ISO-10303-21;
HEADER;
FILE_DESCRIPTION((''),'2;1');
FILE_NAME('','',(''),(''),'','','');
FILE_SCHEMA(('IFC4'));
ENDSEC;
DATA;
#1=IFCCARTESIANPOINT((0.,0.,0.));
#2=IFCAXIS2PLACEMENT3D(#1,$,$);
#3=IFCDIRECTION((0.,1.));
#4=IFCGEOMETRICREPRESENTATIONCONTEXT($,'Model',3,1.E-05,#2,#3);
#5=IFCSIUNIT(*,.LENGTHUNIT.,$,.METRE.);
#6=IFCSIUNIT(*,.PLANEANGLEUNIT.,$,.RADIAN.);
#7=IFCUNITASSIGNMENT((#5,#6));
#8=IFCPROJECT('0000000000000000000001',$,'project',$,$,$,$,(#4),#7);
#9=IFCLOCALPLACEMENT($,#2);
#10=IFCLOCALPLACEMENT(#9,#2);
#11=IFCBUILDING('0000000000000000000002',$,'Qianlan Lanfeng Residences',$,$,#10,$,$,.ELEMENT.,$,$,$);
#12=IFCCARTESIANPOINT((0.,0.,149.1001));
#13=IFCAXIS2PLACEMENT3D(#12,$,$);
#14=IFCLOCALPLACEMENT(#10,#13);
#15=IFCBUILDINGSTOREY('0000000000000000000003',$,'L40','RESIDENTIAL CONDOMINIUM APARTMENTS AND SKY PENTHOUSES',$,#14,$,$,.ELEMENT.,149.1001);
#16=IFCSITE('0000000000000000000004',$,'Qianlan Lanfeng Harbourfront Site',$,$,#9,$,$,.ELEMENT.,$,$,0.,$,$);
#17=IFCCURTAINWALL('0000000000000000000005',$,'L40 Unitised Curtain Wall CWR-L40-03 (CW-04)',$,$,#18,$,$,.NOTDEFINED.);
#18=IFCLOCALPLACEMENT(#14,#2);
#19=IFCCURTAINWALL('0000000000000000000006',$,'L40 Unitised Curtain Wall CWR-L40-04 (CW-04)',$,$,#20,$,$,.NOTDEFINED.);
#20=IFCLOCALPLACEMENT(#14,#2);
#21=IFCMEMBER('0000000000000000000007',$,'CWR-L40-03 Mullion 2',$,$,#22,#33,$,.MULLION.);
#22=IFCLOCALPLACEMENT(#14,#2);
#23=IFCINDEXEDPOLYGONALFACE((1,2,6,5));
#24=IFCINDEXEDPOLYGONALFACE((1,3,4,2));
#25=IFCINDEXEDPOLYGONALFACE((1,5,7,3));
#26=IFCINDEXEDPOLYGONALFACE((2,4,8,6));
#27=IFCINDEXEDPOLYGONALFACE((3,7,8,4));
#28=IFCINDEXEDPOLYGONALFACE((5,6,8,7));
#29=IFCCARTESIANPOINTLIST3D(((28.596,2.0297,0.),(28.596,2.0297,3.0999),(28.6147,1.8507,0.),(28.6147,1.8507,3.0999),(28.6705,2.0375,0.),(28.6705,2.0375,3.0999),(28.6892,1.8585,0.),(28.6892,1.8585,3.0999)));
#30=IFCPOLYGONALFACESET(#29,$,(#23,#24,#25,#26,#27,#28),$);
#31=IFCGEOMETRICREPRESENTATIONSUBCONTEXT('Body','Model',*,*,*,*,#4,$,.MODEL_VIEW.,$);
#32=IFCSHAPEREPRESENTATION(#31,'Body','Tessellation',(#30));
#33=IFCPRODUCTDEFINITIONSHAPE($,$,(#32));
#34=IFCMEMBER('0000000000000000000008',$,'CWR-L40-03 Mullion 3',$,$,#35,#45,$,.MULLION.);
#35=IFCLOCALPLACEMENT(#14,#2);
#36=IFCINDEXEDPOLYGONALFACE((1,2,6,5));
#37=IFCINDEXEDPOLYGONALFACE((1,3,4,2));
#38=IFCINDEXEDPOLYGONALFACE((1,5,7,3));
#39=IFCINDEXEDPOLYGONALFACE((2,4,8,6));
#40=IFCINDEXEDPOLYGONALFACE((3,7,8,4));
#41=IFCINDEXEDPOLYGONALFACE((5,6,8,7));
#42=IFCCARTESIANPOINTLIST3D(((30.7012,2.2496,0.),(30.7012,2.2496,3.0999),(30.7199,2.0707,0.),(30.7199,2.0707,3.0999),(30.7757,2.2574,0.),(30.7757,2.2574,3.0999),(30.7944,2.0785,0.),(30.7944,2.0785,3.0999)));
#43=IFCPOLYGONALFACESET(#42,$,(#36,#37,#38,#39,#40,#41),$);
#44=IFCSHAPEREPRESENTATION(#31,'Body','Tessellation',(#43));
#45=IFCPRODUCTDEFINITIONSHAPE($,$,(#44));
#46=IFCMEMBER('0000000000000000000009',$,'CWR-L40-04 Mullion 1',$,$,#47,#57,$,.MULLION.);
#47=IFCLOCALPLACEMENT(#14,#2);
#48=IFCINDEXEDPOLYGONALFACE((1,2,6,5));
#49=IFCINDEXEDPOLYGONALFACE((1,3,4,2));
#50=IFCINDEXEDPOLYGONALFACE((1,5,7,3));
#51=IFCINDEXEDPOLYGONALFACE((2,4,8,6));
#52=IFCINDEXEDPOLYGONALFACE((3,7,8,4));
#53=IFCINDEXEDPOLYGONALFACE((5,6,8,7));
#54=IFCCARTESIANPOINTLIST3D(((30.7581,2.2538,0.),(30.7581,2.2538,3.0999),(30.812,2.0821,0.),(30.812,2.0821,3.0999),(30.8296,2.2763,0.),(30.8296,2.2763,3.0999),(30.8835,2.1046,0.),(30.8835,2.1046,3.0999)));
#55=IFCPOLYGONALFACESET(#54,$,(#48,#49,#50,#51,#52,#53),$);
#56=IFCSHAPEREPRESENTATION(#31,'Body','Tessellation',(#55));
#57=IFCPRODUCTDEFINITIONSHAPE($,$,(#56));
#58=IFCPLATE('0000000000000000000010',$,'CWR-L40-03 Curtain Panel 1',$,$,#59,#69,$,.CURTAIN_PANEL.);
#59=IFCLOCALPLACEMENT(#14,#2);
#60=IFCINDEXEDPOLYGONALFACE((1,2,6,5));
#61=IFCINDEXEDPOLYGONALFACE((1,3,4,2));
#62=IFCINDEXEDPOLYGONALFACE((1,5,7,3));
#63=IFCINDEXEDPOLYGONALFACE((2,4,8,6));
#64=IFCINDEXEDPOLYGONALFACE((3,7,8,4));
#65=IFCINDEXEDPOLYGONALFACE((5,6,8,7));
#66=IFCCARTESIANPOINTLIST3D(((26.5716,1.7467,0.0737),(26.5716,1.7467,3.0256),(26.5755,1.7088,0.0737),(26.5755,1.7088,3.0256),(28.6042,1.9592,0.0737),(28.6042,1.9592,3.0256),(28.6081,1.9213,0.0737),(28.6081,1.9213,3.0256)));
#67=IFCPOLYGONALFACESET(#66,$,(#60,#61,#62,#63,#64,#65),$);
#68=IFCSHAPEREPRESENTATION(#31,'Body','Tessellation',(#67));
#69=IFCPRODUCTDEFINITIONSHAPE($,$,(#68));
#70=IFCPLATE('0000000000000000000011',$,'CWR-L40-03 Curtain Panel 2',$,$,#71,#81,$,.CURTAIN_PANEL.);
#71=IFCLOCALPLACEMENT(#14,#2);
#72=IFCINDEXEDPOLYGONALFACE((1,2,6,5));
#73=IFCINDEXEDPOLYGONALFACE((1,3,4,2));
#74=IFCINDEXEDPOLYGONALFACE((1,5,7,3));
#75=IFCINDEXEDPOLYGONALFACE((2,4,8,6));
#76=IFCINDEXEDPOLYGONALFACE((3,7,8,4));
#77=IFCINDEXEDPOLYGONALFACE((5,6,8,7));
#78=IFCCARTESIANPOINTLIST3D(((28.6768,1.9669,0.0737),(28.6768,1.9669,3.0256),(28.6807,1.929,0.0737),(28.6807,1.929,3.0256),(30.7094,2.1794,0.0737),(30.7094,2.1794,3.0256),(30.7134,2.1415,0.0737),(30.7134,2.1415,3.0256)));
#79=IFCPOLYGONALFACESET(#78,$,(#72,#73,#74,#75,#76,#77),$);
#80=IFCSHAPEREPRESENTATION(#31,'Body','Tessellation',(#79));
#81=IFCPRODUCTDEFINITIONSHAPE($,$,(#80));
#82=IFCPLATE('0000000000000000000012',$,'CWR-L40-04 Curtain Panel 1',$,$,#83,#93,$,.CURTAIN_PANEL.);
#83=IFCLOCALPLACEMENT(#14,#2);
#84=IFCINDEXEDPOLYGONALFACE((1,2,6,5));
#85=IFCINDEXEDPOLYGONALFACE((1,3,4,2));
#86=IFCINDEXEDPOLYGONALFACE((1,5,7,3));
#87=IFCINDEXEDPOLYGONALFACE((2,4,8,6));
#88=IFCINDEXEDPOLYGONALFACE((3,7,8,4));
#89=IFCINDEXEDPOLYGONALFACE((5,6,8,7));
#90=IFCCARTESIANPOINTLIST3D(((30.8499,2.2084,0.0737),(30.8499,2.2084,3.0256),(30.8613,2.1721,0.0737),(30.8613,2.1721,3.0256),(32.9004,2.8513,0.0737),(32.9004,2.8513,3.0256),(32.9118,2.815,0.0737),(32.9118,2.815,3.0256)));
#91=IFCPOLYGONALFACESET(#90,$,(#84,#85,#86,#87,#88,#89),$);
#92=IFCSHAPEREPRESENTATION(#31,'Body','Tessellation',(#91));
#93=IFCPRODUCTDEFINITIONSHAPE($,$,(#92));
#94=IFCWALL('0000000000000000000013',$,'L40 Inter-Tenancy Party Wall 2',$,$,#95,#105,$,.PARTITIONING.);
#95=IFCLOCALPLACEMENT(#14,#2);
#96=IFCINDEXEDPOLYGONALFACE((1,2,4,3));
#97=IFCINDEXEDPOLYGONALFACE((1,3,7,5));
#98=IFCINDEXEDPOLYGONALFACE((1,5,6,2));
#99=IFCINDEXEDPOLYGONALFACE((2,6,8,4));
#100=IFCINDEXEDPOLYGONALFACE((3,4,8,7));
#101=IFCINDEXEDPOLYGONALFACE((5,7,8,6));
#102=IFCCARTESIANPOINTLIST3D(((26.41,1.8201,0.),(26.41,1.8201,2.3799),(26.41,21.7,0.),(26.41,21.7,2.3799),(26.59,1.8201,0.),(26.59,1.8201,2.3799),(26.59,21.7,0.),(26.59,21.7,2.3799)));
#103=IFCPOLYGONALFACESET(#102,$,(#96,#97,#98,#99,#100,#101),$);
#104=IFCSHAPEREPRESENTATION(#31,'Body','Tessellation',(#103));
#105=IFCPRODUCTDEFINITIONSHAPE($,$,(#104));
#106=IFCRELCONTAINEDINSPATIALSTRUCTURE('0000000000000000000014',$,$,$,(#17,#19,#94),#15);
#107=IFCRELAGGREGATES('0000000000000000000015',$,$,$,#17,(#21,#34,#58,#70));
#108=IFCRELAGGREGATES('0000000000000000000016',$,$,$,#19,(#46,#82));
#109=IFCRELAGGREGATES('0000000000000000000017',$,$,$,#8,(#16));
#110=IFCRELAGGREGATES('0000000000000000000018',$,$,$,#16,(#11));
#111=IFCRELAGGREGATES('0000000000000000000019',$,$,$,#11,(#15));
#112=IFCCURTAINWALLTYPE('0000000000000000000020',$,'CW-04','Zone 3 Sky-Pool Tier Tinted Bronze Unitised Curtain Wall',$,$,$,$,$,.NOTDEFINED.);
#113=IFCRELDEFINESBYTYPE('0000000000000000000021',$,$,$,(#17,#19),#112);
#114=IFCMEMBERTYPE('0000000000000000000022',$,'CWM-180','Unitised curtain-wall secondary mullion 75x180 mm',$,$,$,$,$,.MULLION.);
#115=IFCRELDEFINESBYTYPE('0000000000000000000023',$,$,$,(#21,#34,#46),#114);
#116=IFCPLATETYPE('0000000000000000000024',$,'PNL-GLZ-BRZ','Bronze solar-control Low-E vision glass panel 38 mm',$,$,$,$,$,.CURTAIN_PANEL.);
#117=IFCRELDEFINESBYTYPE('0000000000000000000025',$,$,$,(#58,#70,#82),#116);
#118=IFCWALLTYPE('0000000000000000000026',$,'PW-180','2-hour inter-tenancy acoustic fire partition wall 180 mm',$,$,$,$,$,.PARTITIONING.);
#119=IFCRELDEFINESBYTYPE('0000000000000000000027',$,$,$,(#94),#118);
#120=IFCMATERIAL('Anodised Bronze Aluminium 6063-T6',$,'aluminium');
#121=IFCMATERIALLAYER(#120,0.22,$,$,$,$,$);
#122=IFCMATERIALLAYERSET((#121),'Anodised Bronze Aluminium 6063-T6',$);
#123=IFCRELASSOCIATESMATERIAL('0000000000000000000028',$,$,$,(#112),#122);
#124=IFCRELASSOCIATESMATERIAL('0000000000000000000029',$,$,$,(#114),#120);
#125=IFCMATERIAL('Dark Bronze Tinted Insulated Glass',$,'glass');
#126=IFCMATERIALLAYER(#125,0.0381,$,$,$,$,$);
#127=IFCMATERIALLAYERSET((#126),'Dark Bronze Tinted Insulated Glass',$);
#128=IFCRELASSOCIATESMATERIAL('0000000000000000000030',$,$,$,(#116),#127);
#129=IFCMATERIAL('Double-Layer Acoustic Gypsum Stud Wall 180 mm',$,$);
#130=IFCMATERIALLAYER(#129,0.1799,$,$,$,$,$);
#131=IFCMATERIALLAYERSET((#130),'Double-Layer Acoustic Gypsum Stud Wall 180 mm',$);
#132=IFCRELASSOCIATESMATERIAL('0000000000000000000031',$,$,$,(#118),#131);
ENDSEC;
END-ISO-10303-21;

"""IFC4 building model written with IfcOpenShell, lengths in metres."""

from ifc_helpers import new_model, si_unit, direction, frame, frame_2d, origin, origin_2d, place, context, subcontext, project, spatial, rectangle, extrude, source, transform, mapped, material, layer, layer_set, material_profile, profile_set, type_object, element, aggregate, save


model = new_model("IFC4")

# Units and contexts
model_context = context("Model", 3, precision=1e-05, world=origin(), true_north=direction((0.0, 1.0)))
body_context = subcontext(model_context, "Body", "Model", "MODEL_VIEW")
ifc_project = project(units=[si_unit("LENGTHUNIT", "METRE"), si_unit("PLANEANGLEUNIT", "RADIAN")], contexts=[model_context])

# Site, building, storey
site_placement = place(None, origin())
site = spatial("IfcSite", under=ifc_project, at=site_placement, Name="Qianlan Lanfeng Harbourfront Site", CompositionType="ELEMENT", RefElevation=0.0)
building_placement = place(site_placement, origin())
building = spatial("IfcBuilding", under=site, at=building_placement, Name="Qianlan Lanfeng Residences", CompositionType="ELEMENT")
storey_placement = place(building_placement, frame((0.0, 0.0, 149.1001)))
storey = spatial("IfcBuildingStorey", under=building, at=storey_placement, Name="L40", Description="RESIDENTIAL CONDOMINIUM APARTMENTS AND SKY PENTHOUSES", CompositionType="ELEMENT", Elevation=149.1001)

# Curtain walls
ifc_material_1 = material(Name="Anodised Bronze Aluminium 6063-T6", Category="aluminium")
ifc_layer_1 = layer(ifc_material_1, 0.22)
ifc_layer_set_1 = layer_set([ifc_layer_1], Name="Anodised Bronze Aluminium 6063-T6")
curtain_wall_type = type_object("IfcCurtainWallType", Name="CW-04", Description="Zone 3 Sky-Pool Tier Tinted Bronze Unitised Curtain Wall", PredefinedType="NOTDEFINED", material=ifc_layer_set_1)
curtain_wall_1_placement = place(storey_placement, origin())
curtain_wall_1 = element("IfcCurtainWall", 1, at=curtain_wall_1_placement, inside=storey, type_object=curtain_wall_type, Name="L40 Unitised Curtain Wall CWR-L40-03 (CW-04)", PredefinedType="NOTDEFINED")
curtain_wall_2_placement = place(storey_placement, origin())
curtain_wall_2 = element("IfcCurtainWall", 2, at=curtain_wall_2_placement, inside=storey, type_object=curtain_wall_type, Name="L40 Unitised Curtain Wall CWR-L40-04 (CW-04)", PredefinedType="NOTDEFINED")

# Members
ifc_material_profile_1 = material_profile(ifc_material_1, rectangle(XDim=0.075, YDim=0.1799, at=origin_2d()), Name="ALU MULLION 75x180")
ifc_profile_set_1 = profile_set([ifc_material_profile_1], Name="Anodised Bronze Aluminium 6063-T6")
member_type_1 = type_object("IfcMemberType", Name="CWM-180", Description="Unitised curtain-wall secondary mullion 75x180 mm", PredefinedType="MULLION", material=ifc_profile_set_1)
shared_shape_1 = source(origin(), body_context, "Body", "SweptSolid", [
    extrude(rectangle(XDim=0.075, YDim=0.1799, at=origin_2d()), origin(), (0.0, 0.0, 1.0), 3.0999),
])
member_1_placement = place(storey_placement, frame((28.6426, 1.9441, 0.0), z_axis=(0.0, 0.0, 1.0), x_axis=(0.994579, 0.103983, 0.0)))
member_1 = element("IfcMember", 3, at=member_1_placement, type_object=member_type_1, Name="CWR-L40-03 Mullion 2", PredefinedType="MULLION", context=body_context, shape_type="MappedRepresentation", body=[
    mapped(shared_shape_1, transform((0.0, 0.0, 0.0), scale=1.0)),
])
member_2_placement = place(storey_placement, frame((30.7478, 2.1641, 0.0), z_axis=(0.0, 0.0, 1.0), x_axis=(0.994579, 0.103983, 0.0)))
member_2 = element("IfcMember", 4, at=member_2_placement, type_object=member_type_1, Name="CWR-L40-03 Mullion 3", PredefinedType="MULLION", context=body_context, shape_type="MappedRepresentation", body=[
    mapped(shared_shape_1, transform((0.0, 0.0, 0.0), scale=1.0)),
])
member_3_placement = place(storey_placement, frame((30.8208, 2.1792, 0.0), z_axis=(0.0, 0.0, 1.0), x_axis=(0.954196, 0.299182, 0.0)))
member_3 = element("IfcMember", 5, at=member_3_placement, type_object=member_type_1, Name="CWR-L40-04 Mullion 1", PredefinedType="MULLION", context=body_context, shape_type="MappedRepresentation", body=[
    mapped(shared_shape_1, transform((0.0, 0.0, 0.0), scale=1.0)),
])

# Plates
ifc_material_2 = material(Name="Dark Bronze Tinted Insulated Glass", Category="glass")
ifc_layer_2 = layer(ifc_material_2, 0.0381)
ifc_layer_set_2 = layer_set([ifc_layer_2], Name="Dark Bronze Tinted Insulated Glass")
plate_type = type_object("IfcPlateType", Name="PNL-GLZ-BRZ", Description="Bronze solar-control Low-E vision glass panel 38 mm", PredefinedType="CURTAIN_PANEL", material=ifc_layer_set_2)
shared_shape_2 = source(origin(), body_context, "Body", "SweptSolid", [
    extrude(rectangle(XDim=2.0437, YDim=0.0381, at=origin_2d()), origin(), (0.0, 0.0, 1.0), 2.9519),
])
plate_1_placement = place(storey_placement, frame((27.5898, 1.834, 0.0737), z_axis=(0.0, 0.0, 1.0), x_axis=(0.994579, 0.103983, 0.0)))
plate_1 = element("IfcPlate", 6, at=plate_1_placement, type_object=plate_type, Name="CWR-L40-03 Curtain Panel 1", PredefinedType="CURTAIN_PANEL", context=body_context, shape_type="MappedRepresentation", body=[
    mapped(shared_shape_2, transform((0.0, 0.0, 0.0), scale=1.0)),
])
plate_2_placement = place(storey_placement, frame((29.6951, 2.0542, 0.0737), z_axis=(0.0, 0.0, 1.0), x_axis=(0.994579, 0.103983, 0.0)))
plate_2 = element("IfcPlate", 7, at=plate_2_placement, type_object=plate_type, Name="CWR-L40-03 Curtain Panel 2", PredefinedType="CURTAIN_PANEL", context=body_context, shape_type="MappedRepresentation", body=[
    mapped(shared_shape_2, transform((0.0, 0.0, 0.0), scale=1.0)),
])
aggregate(curtain_wall_1, [member_1, member_2, plate_1, plate_2])
shared_shape_3 = source(origin(), body_context, "Body", "SweptSolid", [
    extrude(rectangle(XDim=2.1489, YDim=0.0381, at=origin_2d()), origin(), (0.0, 0.0, 1.0), 2.9519),
])
plate_3_placement = place(storey_placement, frame((31.8809, 2.5117, 0.0737), z_axis=(0.0, 0.0, 1.0), x_axis=(0.954196, 0.299182, 0.0)))
plate_3 = element("IfcPlate", 8, at=plate_3_placement, type_object=plate_type, Name="CWR-L40-04 Curtain Panel 1", PredefinedType="CURTAIN_PANEL", context=body_context, shape_type="MappedRepresentation", body=[
    mapped(shared_shape_3, transform((0.0, 0.0, 0.0), scale=1.0)),
])
aggregate(curtain_wall_2, [member_3, plate_3])

# Wall
ifc_material_3 = material(Name="Double-Layer Acoustic Gypsum Stud Wall 180 mm")
ifc_layer_3 = layer(ifc_material_3, 0.1799)
ifc_layer_set_3 = layer_set([ifc_layer_3], Name="Double-Layer Acoustic Gypsum Stud Wall 180 mm")
wall_type = type_object("IfcWallType", Name="PW-180", Description="2-hour inter-tenancy acoustic fire partition wall 180 mm", PredefinedType="PARTITIONING", material=ifc_layer_set_3)
wall_placement = place(storey_placement, frame((26.5, 1.8201, 0.0), z_axis=(0.0, 0.0, 1.0), x_axis=(0.0, 1.0, 0.0)))
element("IfcWall", 9, at=wall_placement, inside=storey, type_object=wall_type, Name="L40 Inter-Tenancy Party Wall 2", PredefinedType="PARTITIONING", context=body_context, shape_type="SweptSolid", body=[
    extrude(rectangle(XDim=19.8799, YDim=0.1799, at=frame_2d((9.9399, 0.0))), origin(), (0.0, 0.0, 1.0), 2.3799),
])

save(model, "model.ifc")
